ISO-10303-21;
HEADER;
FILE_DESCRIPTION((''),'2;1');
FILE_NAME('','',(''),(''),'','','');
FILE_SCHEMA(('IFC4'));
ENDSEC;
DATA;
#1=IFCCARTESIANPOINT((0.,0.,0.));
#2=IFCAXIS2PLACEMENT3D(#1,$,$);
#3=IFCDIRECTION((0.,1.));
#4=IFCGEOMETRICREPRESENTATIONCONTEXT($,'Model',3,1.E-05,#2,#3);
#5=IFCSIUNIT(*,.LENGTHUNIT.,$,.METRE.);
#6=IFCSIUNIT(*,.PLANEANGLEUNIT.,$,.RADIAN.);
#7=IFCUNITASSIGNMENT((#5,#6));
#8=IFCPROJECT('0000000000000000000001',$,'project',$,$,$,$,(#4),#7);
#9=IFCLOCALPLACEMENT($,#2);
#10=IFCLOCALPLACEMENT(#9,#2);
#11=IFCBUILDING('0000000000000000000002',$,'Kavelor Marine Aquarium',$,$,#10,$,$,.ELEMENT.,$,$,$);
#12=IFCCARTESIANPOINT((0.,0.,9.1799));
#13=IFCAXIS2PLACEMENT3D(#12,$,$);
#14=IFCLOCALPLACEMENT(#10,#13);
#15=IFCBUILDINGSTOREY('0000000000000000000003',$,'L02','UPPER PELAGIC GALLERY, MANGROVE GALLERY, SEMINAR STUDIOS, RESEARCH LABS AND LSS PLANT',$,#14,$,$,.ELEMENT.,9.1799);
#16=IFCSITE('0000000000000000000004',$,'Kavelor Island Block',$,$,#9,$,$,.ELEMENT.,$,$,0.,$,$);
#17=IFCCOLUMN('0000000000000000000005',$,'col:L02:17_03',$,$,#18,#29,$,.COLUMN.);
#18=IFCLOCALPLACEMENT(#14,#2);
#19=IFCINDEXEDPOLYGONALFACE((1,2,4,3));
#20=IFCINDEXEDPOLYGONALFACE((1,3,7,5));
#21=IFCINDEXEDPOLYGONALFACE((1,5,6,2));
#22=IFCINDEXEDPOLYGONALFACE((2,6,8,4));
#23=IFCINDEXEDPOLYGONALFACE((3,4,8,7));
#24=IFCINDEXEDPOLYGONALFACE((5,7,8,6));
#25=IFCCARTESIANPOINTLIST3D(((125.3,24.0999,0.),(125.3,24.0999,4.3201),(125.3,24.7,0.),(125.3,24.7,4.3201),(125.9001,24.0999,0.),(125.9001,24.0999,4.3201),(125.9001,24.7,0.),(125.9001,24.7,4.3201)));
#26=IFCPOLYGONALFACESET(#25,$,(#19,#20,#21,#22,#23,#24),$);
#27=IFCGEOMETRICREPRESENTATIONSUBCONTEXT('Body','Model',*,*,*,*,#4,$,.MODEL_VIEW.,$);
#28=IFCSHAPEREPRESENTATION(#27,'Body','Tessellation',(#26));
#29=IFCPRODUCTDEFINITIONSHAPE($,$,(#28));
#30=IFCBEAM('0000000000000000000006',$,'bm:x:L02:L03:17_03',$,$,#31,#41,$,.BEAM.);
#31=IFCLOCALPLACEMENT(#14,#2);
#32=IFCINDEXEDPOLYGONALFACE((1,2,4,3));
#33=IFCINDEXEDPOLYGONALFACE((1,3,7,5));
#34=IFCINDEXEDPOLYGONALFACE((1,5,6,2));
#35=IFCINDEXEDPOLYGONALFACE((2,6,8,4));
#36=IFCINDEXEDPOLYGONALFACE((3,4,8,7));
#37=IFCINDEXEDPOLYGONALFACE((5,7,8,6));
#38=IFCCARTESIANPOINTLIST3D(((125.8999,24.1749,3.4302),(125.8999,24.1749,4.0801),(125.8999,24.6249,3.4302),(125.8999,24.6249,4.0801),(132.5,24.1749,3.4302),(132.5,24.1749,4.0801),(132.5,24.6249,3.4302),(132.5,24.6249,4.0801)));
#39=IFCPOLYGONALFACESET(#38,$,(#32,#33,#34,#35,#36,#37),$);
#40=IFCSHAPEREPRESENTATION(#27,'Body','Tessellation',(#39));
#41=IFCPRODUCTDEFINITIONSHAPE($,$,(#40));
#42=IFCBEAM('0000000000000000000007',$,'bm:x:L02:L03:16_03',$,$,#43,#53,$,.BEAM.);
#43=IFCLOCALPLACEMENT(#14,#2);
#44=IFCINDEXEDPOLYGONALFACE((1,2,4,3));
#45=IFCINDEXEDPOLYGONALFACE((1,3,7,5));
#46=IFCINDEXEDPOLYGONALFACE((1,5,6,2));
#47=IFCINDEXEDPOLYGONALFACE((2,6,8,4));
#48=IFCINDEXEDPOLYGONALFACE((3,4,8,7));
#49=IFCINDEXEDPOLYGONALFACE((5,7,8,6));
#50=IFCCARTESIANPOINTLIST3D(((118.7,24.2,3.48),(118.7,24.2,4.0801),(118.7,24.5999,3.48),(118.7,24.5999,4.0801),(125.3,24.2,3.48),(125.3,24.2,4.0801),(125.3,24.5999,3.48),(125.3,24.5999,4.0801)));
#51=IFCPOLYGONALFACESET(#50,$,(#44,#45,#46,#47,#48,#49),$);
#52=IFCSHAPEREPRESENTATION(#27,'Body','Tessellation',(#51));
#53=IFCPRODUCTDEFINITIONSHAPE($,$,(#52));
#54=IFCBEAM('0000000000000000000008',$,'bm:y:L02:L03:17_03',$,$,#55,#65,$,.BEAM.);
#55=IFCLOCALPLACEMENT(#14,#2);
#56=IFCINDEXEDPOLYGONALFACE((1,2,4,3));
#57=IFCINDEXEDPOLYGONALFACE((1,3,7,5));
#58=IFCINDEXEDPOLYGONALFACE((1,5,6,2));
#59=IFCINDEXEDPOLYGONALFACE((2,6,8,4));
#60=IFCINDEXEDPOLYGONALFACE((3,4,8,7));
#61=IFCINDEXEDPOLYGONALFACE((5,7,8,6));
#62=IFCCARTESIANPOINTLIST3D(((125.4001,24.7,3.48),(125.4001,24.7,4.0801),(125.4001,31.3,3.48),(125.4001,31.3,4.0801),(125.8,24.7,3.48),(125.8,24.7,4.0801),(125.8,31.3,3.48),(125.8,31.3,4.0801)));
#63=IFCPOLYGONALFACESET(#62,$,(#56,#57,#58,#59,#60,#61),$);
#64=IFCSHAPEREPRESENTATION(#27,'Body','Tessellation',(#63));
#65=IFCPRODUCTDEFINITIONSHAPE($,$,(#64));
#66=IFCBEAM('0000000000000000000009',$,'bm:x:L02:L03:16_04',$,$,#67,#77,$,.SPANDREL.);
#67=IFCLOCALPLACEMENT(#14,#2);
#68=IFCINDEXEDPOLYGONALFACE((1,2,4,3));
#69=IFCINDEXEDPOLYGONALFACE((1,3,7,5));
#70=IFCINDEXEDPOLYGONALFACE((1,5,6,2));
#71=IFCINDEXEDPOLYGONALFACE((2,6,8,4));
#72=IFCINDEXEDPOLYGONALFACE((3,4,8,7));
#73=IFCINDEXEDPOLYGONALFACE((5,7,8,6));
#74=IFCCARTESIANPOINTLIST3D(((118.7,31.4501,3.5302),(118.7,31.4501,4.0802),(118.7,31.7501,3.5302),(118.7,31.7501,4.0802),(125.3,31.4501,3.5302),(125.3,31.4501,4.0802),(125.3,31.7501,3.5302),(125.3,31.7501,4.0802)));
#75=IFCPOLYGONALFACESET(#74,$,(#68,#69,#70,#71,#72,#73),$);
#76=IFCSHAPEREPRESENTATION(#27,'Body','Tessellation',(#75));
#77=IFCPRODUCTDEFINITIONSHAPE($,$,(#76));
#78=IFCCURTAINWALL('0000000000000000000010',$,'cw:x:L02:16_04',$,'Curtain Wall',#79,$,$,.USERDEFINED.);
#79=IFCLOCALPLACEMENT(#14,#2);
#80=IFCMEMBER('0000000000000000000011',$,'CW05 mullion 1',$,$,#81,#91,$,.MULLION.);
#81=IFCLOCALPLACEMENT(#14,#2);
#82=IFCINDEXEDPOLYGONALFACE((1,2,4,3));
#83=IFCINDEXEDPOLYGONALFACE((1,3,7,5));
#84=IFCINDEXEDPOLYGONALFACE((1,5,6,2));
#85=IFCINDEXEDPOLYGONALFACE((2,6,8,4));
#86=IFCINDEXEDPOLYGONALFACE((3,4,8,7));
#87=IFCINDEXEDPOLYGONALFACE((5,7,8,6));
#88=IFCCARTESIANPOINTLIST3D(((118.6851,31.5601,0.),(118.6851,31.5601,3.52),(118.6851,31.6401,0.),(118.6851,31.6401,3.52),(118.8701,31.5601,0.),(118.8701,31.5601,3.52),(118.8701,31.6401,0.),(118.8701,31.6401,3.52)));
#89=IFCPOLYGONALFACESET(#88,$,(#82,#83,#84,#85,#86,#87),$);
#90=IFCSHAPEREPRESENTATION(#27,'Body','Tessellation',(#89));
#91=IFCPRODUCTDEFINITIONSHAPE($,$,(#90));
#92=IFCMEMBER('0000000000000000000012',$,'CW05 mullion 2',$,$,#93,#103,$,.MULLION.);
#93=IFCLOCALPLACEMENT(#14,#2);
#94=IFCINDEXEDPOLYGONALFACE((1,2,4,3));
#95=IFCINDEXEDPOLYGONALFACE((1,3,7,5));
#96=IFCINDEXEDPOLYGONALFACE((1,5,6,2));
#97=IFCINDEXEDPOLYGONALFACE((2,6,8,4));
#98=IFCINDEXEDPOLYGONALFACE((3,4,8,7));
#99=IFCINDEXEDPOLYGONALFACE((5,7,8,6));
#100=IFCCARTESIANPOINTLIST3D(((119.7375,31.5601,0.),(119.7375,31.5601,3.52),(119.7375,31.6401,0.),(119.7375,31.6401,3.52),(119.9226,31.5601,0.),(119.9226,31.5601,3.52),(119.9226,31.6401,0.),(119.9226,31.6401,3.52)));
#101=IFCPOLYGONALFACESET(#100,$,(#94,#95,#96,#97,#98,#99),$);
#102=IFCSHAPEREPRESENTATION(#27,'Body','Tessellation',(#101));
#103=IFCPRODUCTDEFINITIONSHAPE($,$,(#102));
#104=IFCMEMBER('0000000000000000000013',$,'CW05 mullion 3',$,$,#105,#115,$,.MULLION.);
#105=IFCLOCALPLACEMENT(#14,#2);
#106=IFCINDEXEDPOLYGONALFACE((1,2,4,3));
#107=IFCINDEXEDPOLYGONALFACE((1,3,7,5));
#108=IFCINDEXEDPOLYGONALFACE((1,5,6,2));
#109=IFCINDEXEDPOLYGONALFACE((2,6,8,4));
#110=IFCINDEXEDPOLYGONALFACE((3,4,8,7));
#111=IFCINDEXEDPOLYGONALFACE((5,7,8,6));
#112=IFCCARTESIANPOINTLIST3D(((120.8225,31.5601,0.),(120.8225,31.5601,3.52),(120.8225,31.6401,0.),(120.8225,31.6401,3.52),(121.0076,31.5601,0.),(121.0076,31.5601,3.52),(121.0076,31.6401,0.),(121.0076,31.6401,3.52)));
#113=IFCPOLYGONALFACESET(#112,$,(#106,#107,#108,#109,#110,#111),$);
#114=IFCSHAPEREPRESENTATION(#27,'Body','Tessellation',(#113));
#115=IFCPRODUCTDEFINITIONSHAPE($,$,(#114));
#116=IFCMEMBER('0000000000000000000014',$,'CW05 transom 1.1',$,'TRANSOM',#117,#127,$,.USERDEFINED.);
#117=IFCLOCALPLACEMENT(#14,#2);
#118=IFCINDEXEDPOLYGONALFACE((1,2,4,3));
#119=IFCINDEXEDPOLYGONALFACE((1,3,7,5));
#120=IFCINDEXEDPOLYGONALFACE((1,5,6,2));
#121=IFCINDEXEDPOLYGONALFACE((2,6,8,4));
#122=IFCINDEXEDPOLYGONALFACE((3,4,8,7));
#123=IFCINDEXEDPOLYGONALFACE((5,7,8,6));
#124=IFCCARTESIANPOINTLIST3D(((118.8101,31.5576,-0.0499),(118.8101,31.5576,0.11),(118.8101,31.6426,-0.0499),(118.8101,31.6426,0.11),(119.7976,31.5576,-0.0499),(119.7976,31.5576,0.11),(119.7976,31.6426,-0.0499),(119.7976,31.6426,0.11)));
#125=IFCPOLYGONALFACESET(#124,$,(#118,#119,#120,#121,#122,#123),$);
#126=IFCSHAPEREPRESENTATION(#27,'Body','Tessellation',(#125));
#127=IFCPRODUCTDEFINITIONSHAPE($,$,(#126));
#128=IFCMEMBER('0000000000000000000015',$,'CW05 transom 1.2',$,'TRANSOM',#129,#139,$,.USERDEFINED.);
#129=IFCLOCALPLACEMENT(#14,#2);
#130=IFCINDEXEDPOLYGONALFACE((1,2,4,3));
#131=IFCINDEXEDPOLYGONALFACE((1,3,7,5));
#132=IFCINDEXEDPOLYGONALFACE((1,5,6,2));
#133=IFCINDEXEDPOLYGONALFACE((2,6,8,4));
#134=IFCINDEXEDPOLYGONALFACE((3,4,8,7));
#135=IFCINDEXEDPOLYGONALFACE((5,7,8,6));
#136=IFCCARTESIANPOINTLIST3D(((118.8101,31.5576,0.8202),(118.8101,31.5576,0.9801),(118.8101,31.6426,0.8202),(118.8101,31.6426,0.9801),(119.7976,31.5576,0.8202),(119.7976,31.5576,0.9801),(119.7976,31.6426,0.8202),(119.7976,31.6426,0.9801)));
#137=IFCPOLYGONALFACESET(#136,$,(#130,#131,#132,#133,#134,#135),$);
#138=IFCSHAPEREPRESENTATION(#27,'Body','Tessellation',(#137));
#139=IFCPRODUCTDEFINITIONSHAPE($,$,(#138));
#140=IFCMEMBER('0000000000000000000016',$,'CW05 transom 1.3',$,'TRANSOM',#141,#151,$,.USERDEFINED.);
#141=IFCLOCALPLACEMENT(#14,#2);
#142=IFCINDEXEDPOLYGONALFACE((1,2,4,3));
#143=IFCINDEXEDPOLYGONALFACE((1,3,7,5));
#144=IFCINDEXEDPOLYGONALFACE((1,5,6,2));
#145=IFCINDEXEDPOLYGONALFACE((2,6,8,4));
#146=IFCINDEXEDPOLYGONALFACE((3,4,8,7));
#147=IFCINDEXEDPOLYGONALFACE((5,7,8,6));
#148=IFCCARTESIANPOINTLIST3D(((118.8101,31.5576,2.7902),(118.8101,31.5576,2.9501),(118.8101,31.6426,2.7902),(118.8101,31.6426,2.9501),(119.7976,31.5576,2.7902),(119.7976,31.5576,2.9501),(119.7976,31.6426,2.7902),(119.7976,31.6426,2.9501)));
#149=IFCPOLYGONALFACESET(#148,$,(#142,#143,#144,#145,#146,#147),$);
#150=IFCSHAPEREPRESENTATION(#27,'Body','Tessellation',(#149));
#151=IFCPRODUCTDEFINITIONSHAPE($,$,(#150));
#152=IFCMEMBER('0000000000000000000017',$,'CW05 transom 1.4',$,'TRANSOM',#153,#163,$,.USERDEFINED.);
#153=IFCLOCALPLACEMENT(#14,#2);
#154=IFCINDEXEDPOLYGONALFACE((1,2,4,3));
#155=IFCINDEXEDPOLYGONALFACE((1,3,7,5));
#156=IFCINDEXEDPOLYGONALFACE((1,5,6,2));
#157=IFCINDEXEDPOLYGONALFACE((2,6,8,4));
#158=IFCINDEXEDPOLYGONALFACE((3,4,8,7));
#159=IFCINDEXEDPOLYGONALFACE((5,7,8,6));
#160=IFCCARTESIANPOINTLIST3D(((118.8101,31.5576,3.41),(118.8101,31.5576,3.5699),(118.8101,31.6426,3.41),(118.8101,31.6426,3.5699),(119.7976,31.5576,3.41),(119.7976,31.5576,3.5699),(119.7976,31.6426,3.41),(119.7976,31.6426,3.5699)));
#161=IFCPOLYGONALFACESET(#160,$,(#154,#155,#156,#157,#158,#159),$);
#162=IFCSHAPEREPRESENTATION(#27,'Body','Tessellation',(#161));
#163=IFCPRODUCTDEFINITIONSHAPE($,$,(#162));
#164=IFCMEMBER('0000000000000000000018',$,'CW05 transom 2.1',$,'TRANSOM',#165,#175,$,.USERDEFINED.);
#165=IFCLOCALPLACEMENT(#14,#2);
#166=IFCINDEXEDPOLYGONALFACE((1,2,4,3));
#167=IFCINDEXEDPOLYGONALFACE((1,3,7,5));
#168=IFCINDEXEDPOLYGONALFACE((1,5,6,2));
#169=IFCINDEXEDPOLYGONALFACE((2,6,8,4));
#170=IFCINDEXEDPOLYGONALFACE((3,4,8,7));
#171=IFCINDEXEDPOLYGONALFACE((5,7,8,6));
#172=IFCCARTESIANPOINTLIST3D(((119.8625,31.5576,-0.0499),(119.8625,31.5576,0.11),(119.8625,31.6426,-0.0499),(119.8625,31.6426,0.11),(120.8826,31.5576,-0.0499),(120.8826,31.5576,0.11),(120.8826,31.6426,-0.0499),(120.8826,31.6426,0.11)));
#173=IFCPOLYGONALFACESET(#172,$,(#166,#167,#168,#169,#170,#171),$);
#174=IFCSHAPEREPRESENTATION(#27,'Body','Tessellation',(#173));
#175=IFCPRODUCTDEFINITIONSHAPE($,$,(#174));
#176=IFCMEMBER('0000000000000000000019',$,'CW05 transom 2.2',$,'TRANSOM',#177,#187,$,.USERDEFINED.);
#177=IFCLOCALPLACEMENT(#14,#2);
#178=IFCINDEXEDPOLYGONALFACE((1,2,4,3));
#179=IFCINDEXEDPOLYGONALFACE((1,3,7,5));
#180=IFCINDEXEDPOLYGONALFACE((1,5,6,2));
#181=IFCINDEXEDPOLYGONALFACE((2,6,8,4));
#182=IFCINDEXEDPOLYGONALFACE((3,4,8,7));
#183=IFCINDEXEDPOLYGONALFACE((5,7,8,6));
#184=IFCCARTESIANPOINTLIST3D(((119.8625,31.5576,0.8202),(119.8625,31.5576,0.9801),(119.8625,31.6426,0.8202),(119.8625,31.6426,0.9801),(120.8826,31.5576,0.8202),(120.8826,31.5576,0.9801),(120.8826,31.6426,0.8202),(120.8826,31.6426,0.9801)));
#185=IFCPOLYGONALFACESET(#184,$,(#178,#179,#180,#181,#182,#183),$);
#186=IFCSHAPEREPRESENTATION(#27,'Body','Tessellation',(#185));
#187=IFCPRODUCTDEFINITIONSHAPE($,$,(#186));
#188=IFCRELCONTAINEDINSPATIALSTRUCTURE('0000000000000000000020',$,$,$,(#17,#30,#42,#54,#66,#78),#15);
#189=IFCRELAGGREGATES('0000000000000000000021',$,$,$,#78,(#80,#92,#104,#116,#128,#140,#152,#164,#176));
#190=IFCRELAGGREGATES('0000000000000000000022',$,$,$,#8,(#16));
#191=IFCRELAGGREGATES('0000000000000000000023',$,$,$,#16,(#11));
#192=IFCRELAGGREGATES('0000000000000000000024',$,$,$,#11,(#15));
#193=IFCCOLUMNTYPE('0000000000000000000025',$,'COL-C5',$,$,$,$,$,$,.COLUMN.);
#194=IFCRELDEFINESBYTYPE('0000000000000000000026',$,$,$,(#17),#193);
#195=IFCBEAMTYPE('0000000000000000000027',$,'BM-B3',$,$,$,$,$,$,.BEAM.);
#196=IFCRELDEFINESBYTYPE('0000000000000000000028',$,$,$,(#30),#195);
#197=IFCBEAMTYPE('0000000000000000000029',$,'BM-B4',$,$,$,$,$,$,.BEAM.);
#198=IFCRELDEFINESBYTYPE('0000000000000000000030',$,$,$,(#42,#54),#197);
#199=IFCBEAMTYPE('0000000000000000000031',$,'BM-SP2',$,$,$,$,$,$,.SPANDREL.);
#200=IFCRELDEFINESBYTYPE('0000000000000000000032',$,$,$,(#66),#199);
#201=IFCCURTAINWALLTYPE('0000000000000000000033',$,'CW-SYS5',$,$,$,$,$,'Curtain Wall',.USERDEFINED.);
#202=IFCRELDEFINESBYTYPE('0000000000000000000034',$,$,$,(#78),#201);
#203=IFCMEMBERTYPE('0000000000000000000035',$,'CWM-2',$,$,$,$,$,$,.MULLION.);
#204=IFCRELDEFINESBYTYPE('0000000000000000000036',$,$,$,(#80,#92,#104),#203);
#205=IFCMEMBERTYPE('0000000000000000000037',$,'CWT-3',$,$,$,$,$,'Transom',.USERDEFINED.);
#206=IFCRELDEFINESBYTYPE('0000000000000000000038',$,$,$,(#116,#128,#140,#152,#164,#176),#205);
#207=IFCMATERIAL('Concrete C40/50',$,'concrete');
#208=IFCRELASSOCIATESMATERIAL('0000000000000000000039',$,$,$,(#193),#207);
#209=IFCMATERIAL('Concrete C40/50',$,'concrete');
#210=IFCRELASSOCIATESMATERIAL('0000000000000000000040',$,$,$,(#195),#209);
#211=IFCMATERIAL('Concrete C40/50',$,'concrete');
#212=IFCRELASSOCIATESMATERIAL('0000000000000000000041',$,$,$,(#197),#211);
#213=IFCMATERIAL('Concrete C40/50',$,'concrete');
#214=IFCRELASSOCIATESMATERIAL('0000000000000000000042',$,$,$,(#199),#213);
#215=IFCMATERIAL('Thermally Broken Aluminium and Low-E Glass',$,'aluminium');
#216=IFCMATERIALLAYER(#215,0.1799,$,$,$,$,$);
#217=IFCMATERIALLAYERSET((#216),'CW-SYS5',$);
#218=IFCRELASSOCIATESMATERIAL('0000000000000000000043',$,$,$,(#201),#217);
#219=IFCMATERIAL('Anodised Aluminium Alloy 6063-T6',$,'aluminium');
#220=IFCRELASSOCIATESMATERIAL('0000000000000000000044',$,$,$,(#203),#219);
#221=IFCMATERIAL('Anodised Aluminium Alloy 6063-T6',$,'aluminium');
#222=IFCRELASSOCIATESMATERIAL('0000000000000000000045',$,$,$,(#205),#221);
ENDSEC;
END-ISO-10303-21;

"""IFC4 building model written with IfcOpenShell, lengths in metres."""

from ifc_helpers import new_model, si_unit, direction, frame, origin, origin_2d, place, context, subcontext, project, spatial, rectangle, extrude, material, layer, layer_set, material_profile, profile_set, type_object, element, aggregate, save


model = new_model("IFC4")

# Units and contexts
model_context = context("Model", 3, precision=1e-05, world=origin(), true_north=direction((0.0, 1.0)))
body_context = subcontext(model_context, "Body", "Model", "MODEL_VIEW")
ifc_project = project(units=[si_unit("LENGTHUNIT", "METRE"), si_unit("PLANEANGLEUNIT", "RADIAN")], contexts=[model_context])

# Site, building, storey
site_placement = place(None, origin())
site = spatial("IfcSite", under=ifc_project, at=site_placement, Name="Kavelor Island Block", CompositionType="ELEMENT", RefElevation=0.0)
building_placement = place(site_placement, origin())
building = spatial("IfcBuilding", under=site, at=building_placement, Name="Kavelor Marine Aquarium", CompositionType="ELEMENT")
storey_placement = place(building_placement, frame((0.0, 0.0, 9.1799)))
storey = spatial("IfcBuildingStorey", under=building, at=storey_placement, Name="L02", Description="UPPER PELAGIC GALLERY, MANGROVE GALLERY, SEMINAR STUDIOS, RESEARCH LABS AND LSS PLANT", CompositionType="ELEMENT", Elevation=9.1799)

# Column
ifc_material_1 = material(Name="Concrete C40/50", Category="concrete")
ifc_material_profile_1 = material_profile(ifc_material_1, rectangle(XDim=0.6001, YDim=0.6001, at=origin_2d()), Name="RC-COL 600x600")
ifc_profile_set_1 = profile_set([ifc_material_profile_1], Name="Concrete C40/50")
column_type = type_object("IfcColumnType", Name="COL-C5", PredefinedType="COLUMN", material=ifc_profile_set_1)
column_placement = place(storey_placement, frame((125.6001, 24.3999, 0.0), z_axis=(0.0, 0.0, 1.0), x_axis=(1.0, 0.0, 0.0)))
element("IfcColumn", 1, at=column_placement, inside=storey, type_object=column_type, Name="col:L02:17_03", PredefinedType="COLUMN", context=body_context, shape_type="SweptSolid", body=[
    extrude(rectangle(XDim=0.6001, YDim=0.6001, at=origin_2d()), origin(), (0.0, 0.0, 1.0), 4.3201),
])

# Beams
ifc_material_2 = material(Name="Concrete C40/50", Category="concrete")
ifc_material_profile_2 = material_profile(ifc_material_2, rectangle(XDim=0.45, YDim=0.6499, at=origin_2d()), Name="RC-BM 450x650")
ifc_profile_set_2 = profile_set([ifc_material_profile_2], Name="Concrete C40/50")
beam_type_1 = type_object("IfcBeamType", Name="BM-B3", PredefinedType="BEAM", material=ifc_profile_set_2)
beam_1_placement = place(storey_placement, frame((125.8999, 24.3999, 3.7551), z_axis=(1.0, 0.0, 0.0), x_axis=(0.0, 1.0, 0.0)))
element("IfcBeam", 2, at=beam_1_placement, inside=storey, type_object=beam_type_1, Name="bm:x:L02:L03:17_03", PredefinedType="BEAM", context=body_context, shape_type="SweptSolid", body=[
    extrude(rectangle(XDim=0.45, YDim=0.6499, at=origin_2d()), origin(), (0.0, 0.0, 1.0), 6.6001),
])
ifc_material_3 = material(Name="Concrete C40/50", Category="concrete")
ifc_material_profile_3 = material_profile(ifc_material_3, rectangle(XDim=0.3999, YDim=0.6001, at=origin_2d()), Name="RC-BM 400x600")
ifc_profile_set_3 = profile_set([ifc_material_profile_3], Name="Concrete C40/50")
beam_type_2 = type_object("IfcBeamType", Name="BM-B4", PredefinedType="BEAM", material=ifc_profile_set_3)
for number, where, z_axis, x_axis, name in (
    (3, (118.7, 24.3999, 3.78), (1.0, 0.0, 0.0), (0.0, 1.0, 0.0), "bm:x:L02:L03:16_03"),
    (4, (125.6001, 24.7, 3.78), (0.0, 1.0, 0.0), (-1.0, 0.0, 0.0), "bm:y:L02:L03:17_03"),
):
    element("IfcBeam", number, at=place(storey_placement, frame(where, z_axis=z_axis, x_axis=x_axis)), inside=storey, type_object=beam_type_2, Name=name, PredefinedType="BEAM", context=body_context, shape_type="SweptSolid", body=[
        extrude(rectangle(XDim=0.3999, YDim=0.6001, at=origin_2d()), origin(), (0.0, 0.0, 1.0), 6.6001),
    ])
ifc_material_4 = material(Name="Concrete C40/50", Category="concrete")
ifc_material_profile_4 = material_profile(ifc_material_4, rectangle(XDim=0.3, YDim=0.55, at=origin_2d()), Name="RC-SP 300x550")
ifc_profile_set_4 = profile_set([ifc_material_profile_4], Name="Concrete C40/50")
beam_type_3 = type_object("IfcBeamType", Name="BM-SP2", PredefinedType="SPANDREL", material=ifc_profile_set_4)
beam_2_placement = place(storey_placement, frame((118.7, 31.6001, 3.8052), z_axis=(1.0, 0.0, 0.0), x_axis=(0.0, 1.0, 0.0)))
element("IfcBeam", 5, at=beam_2_placement, inside=storey, type_object=beam_type_3, Name="bm:x:L02:L03:16_04", PredefinedType="SPANDREL", context=body_context, shape_type="SweptSolid", body=[
    extrude(rectangle(XDim=0.3, YDim=0.55, at=origin_2d()), origin(), (0.0, 0.0, 1.0), 6.6001),
])

# Curtain wall, members
ifc_material_5 = material(Name="Thermally Broken Aluminium and Low-E Glass", Category="aluminium")
ifc_layer_1 = layer(ifc_material_5, 0.1799)
ifc_layer_set_1 = layer_set([ifc_layer_1], Name="CW-SYS5")
curtain_wall_type = type_object("IfcCurtainWallType", Name="CW-SYS5", ElementType="Curtain Wall", PredefinedType="USERDEFINED", material=ifc_layer_set_1)
curtain_wall_placement = place(storey_placement, origin())
curtain_wall = element("IfcCurtainWall", 6, at=curtain_wall_placement, inside=storey, type_object=curtain_wall_type, Name="cw:x:L02:16_04", ObjectType="Curtain Wall", PredefinedType="USERDEFINED")
ifc_material_6 = material(Name="Anodised Aluminium Alloy 6063-T6", Category="aluminium")
ifc_material_profile_5 = material_profile(ifc_material_6, rectangle(XDim=0.0801, YDim=0.1851, at=origin_2d()), Name="CW-MUL 80x185")
ifc_profile_set_5 = profile_set([ifc_material_profile_5], Name="Anodised Aluminium Alloy 6063-T6")
member_type_1 = type_object("IfcMemberType", Name="CWM-2", PredefinedType="MULLION", material=ifc_profile_set_5)
member_1_placement = place(storey_placement, frame((118.7776, 31.6001, 0.0), z_axis=(0.0, 0.0, 1.0), x_axis=(0.0, 1.0, 0.0)))
member_1 = element("IfcMember", 7, at=member_1_placement, type_object=member_type_1, Name="CW05 mullion 1", PredefinedType="MULLION", context=body_context, shape_type="SweptSolid", body=[
    extrude(rectangle(XDim=0.0801, YDim=0.1851, at=origin_2d()), origin(), (0.0, 0.0, 1.0), 3.52),
])
member_2_placement = place(storey_placement, frame((119.8301, 31.6001, 0.0), z_axis=(0.0, 0.0, 1.0), x_axis=(0.0, 1.0, 0.0)))
member_2 = element("IfcMember", 8, at=member_2_placement, type_object=member_type_1, Name="CW05 mullion 2", PredefinedType="MULLION", context=body_context, shape_type="SweptSolid", body=[
    extrude(rectangle(XDim=0.0801, YDim=0.1851, at=origin_2d()), origin(), (0.0, 0.0, 1.0), 3.52),
])
member_3_placement = place(storey_placement, frame((120.915, 31.6001, 0.0), z_axis=(0.0, 0.0, 1.0), x_axis=(0.0, 1.0, 0.0)))
member_3 = element("IfcMember", 9, at=member_3_placement, type_object=member_type_1, Name="CW05 mullion 3", PredefinedType="MULLION", context=body_context, shape_type="SweptSolid", body=[
    extrude(rectangle(XDim=0.0801, YDim=0.1851, at=origin_2d()), origin(), (0.0, 0.0, 1.0), 3.52),
])
ifc_material_7 = material(Name="Anodised Aluminium Alloy 6063-T6", Category="aluminium")
ifc_material_profile_6 = material_profile(ifc_material_7, rectangle(XDim=0.085, YDim=0.1599, at=origin_2d()), Name="CW-TRN 85x160")
ifc_profile_set_6 = profile_set([ifc_material_profile_6], Name="Anodised Aluminium Alloy 6063-T6")
member_type_2 = type_object("IfcMemberType", Name="CWT-3", ElementType="Transom", PredefinedType="USERDEFINED", material=ifc_profile_set_6)
member_4_placement = place(storey_placement, frame((118.8101, 31.6001, 0.03), z_axis=(1.0, 0.0, 0.0), x_axis=(0.0, 1.0, 0.0)))
member_4 = element("IfcMember", 10, at=member_4_placement, type_object=member_type_2, Name="CW05 transom 1.1", ObjectType="TRANSOM", PredefinedType="USERDEFINED", context=body_context, shape_type="SweptSolid", body=[
    extrude(rectangle(XDim=0.085, YDim=0.1599, at=origin_2d()), origin(), (0.0, 0.0, 1.0), 0.9875),
])
member_5_placement = place(storey_placement, frame((118.8101, 31.6001, 0.9001), z_axis=(1.0, 0.0, 0.0), x_axis=(0.0, 1.0, 0.0)))
member_5 = element("IfcMember", 11, at=member_5_placement, type_object=member_type_2, Name="CW05 transom 1.2", ObjectType="TRANSOM", PredefinedType="USERDEFINED", context=body_context, shape_type="SweptSolid", body=[
    extrude(rectangle(XDim=0.085, YDim=0.1599, at=origin_2d()), origin(), (0.0, 0.0, 1.0), 0.9875),
])
member_6_placement = place(storey_placement, frame((118.8101, 31.6001, 2.8701), z_axis=(1.0, 0.0, 0.0), x_axis=(0.0, 1.0, 0.0)))
member_6 = element("IfcMember", 12, at=member_6_placement, type_object=member_type_2, Name="CW05 transom 1.3", ObjectType="TRANSOM", PredefinedType="USERDEFINED", context=body_context, shape_type="SweptSolid", body=[
    extrude(rectangle(XDim=0.085, YDim=0.1599, at=origin_2d()), origin(), (0.0, 0.0, 1.0), 0.9875),
])
member_7_placement = place(storey_placement, frame((118.8101, 31.6001, 3.49), z_axis=(1.0, 0.0, 0.0), x_axis=(0.0, 1.0, 0.0)))
member_7 = element("IfcMember", 13, at=member_7_placement, type_object=member_type_2, Name="CW05 transom 1.4", ObjectType="TRANSOM", PredefinedType="USERDEFINED", context=body_context, shape_type="SweptSolid", body=[
    extrude(rectangle(XDim=0.085, YDim=0.1599, at=origin_2d()), origin(), (0.0, 0.0, 1.0), 0.9875),
])
member_8_placement = place(storey_placement, frame((119.8625, 31.6001, 0.03), z_axis=(1.0, 0.0, 0.0), x_axis=(0.0, 1.0, 0.0)))
member_8 = element("IfcMember", 14, at=member_8_placement, type_object=member_type_2, Name="CW05 transom 2.1", ObjectType="TRANSOM", PredefinedType="USERDEFINED", context=body_context, shape_type="SweptSolid", body=[
    extrude(rectangle(XDim=0.085, YDim=0.1599, at=origin_2d()), origin(), (0.0, 0.0, 1.0), 1.02),
])
member_9_placement = place(storey_placement, frame((119.8625, 31.6001, 0.9001), z_axis=(1.0, 0.0, 0.0), x_axis=(0.0, 1.0, 0.0)))
member_9 = element("IfcMember", 15, at=member_9_placement, type_object=member_type_2, Name="CW05 transom 2.2", ObjectType="TRANSOM", PredefinedType="USERDEFINED", context=body_context, shape_type="SweptSolid", body=[
    extrude(rectangle(XDim=0.085, YDim=0.1599, at=origin_2d()), origin(), (0.0, 0.0, 1.0), 1.02),
])

aggregate(curtain_wall, [member_1, member_2, member_3, member_4, member_5, member_6, member_7, member_8, member_9])

save(model, "model.ifc")
